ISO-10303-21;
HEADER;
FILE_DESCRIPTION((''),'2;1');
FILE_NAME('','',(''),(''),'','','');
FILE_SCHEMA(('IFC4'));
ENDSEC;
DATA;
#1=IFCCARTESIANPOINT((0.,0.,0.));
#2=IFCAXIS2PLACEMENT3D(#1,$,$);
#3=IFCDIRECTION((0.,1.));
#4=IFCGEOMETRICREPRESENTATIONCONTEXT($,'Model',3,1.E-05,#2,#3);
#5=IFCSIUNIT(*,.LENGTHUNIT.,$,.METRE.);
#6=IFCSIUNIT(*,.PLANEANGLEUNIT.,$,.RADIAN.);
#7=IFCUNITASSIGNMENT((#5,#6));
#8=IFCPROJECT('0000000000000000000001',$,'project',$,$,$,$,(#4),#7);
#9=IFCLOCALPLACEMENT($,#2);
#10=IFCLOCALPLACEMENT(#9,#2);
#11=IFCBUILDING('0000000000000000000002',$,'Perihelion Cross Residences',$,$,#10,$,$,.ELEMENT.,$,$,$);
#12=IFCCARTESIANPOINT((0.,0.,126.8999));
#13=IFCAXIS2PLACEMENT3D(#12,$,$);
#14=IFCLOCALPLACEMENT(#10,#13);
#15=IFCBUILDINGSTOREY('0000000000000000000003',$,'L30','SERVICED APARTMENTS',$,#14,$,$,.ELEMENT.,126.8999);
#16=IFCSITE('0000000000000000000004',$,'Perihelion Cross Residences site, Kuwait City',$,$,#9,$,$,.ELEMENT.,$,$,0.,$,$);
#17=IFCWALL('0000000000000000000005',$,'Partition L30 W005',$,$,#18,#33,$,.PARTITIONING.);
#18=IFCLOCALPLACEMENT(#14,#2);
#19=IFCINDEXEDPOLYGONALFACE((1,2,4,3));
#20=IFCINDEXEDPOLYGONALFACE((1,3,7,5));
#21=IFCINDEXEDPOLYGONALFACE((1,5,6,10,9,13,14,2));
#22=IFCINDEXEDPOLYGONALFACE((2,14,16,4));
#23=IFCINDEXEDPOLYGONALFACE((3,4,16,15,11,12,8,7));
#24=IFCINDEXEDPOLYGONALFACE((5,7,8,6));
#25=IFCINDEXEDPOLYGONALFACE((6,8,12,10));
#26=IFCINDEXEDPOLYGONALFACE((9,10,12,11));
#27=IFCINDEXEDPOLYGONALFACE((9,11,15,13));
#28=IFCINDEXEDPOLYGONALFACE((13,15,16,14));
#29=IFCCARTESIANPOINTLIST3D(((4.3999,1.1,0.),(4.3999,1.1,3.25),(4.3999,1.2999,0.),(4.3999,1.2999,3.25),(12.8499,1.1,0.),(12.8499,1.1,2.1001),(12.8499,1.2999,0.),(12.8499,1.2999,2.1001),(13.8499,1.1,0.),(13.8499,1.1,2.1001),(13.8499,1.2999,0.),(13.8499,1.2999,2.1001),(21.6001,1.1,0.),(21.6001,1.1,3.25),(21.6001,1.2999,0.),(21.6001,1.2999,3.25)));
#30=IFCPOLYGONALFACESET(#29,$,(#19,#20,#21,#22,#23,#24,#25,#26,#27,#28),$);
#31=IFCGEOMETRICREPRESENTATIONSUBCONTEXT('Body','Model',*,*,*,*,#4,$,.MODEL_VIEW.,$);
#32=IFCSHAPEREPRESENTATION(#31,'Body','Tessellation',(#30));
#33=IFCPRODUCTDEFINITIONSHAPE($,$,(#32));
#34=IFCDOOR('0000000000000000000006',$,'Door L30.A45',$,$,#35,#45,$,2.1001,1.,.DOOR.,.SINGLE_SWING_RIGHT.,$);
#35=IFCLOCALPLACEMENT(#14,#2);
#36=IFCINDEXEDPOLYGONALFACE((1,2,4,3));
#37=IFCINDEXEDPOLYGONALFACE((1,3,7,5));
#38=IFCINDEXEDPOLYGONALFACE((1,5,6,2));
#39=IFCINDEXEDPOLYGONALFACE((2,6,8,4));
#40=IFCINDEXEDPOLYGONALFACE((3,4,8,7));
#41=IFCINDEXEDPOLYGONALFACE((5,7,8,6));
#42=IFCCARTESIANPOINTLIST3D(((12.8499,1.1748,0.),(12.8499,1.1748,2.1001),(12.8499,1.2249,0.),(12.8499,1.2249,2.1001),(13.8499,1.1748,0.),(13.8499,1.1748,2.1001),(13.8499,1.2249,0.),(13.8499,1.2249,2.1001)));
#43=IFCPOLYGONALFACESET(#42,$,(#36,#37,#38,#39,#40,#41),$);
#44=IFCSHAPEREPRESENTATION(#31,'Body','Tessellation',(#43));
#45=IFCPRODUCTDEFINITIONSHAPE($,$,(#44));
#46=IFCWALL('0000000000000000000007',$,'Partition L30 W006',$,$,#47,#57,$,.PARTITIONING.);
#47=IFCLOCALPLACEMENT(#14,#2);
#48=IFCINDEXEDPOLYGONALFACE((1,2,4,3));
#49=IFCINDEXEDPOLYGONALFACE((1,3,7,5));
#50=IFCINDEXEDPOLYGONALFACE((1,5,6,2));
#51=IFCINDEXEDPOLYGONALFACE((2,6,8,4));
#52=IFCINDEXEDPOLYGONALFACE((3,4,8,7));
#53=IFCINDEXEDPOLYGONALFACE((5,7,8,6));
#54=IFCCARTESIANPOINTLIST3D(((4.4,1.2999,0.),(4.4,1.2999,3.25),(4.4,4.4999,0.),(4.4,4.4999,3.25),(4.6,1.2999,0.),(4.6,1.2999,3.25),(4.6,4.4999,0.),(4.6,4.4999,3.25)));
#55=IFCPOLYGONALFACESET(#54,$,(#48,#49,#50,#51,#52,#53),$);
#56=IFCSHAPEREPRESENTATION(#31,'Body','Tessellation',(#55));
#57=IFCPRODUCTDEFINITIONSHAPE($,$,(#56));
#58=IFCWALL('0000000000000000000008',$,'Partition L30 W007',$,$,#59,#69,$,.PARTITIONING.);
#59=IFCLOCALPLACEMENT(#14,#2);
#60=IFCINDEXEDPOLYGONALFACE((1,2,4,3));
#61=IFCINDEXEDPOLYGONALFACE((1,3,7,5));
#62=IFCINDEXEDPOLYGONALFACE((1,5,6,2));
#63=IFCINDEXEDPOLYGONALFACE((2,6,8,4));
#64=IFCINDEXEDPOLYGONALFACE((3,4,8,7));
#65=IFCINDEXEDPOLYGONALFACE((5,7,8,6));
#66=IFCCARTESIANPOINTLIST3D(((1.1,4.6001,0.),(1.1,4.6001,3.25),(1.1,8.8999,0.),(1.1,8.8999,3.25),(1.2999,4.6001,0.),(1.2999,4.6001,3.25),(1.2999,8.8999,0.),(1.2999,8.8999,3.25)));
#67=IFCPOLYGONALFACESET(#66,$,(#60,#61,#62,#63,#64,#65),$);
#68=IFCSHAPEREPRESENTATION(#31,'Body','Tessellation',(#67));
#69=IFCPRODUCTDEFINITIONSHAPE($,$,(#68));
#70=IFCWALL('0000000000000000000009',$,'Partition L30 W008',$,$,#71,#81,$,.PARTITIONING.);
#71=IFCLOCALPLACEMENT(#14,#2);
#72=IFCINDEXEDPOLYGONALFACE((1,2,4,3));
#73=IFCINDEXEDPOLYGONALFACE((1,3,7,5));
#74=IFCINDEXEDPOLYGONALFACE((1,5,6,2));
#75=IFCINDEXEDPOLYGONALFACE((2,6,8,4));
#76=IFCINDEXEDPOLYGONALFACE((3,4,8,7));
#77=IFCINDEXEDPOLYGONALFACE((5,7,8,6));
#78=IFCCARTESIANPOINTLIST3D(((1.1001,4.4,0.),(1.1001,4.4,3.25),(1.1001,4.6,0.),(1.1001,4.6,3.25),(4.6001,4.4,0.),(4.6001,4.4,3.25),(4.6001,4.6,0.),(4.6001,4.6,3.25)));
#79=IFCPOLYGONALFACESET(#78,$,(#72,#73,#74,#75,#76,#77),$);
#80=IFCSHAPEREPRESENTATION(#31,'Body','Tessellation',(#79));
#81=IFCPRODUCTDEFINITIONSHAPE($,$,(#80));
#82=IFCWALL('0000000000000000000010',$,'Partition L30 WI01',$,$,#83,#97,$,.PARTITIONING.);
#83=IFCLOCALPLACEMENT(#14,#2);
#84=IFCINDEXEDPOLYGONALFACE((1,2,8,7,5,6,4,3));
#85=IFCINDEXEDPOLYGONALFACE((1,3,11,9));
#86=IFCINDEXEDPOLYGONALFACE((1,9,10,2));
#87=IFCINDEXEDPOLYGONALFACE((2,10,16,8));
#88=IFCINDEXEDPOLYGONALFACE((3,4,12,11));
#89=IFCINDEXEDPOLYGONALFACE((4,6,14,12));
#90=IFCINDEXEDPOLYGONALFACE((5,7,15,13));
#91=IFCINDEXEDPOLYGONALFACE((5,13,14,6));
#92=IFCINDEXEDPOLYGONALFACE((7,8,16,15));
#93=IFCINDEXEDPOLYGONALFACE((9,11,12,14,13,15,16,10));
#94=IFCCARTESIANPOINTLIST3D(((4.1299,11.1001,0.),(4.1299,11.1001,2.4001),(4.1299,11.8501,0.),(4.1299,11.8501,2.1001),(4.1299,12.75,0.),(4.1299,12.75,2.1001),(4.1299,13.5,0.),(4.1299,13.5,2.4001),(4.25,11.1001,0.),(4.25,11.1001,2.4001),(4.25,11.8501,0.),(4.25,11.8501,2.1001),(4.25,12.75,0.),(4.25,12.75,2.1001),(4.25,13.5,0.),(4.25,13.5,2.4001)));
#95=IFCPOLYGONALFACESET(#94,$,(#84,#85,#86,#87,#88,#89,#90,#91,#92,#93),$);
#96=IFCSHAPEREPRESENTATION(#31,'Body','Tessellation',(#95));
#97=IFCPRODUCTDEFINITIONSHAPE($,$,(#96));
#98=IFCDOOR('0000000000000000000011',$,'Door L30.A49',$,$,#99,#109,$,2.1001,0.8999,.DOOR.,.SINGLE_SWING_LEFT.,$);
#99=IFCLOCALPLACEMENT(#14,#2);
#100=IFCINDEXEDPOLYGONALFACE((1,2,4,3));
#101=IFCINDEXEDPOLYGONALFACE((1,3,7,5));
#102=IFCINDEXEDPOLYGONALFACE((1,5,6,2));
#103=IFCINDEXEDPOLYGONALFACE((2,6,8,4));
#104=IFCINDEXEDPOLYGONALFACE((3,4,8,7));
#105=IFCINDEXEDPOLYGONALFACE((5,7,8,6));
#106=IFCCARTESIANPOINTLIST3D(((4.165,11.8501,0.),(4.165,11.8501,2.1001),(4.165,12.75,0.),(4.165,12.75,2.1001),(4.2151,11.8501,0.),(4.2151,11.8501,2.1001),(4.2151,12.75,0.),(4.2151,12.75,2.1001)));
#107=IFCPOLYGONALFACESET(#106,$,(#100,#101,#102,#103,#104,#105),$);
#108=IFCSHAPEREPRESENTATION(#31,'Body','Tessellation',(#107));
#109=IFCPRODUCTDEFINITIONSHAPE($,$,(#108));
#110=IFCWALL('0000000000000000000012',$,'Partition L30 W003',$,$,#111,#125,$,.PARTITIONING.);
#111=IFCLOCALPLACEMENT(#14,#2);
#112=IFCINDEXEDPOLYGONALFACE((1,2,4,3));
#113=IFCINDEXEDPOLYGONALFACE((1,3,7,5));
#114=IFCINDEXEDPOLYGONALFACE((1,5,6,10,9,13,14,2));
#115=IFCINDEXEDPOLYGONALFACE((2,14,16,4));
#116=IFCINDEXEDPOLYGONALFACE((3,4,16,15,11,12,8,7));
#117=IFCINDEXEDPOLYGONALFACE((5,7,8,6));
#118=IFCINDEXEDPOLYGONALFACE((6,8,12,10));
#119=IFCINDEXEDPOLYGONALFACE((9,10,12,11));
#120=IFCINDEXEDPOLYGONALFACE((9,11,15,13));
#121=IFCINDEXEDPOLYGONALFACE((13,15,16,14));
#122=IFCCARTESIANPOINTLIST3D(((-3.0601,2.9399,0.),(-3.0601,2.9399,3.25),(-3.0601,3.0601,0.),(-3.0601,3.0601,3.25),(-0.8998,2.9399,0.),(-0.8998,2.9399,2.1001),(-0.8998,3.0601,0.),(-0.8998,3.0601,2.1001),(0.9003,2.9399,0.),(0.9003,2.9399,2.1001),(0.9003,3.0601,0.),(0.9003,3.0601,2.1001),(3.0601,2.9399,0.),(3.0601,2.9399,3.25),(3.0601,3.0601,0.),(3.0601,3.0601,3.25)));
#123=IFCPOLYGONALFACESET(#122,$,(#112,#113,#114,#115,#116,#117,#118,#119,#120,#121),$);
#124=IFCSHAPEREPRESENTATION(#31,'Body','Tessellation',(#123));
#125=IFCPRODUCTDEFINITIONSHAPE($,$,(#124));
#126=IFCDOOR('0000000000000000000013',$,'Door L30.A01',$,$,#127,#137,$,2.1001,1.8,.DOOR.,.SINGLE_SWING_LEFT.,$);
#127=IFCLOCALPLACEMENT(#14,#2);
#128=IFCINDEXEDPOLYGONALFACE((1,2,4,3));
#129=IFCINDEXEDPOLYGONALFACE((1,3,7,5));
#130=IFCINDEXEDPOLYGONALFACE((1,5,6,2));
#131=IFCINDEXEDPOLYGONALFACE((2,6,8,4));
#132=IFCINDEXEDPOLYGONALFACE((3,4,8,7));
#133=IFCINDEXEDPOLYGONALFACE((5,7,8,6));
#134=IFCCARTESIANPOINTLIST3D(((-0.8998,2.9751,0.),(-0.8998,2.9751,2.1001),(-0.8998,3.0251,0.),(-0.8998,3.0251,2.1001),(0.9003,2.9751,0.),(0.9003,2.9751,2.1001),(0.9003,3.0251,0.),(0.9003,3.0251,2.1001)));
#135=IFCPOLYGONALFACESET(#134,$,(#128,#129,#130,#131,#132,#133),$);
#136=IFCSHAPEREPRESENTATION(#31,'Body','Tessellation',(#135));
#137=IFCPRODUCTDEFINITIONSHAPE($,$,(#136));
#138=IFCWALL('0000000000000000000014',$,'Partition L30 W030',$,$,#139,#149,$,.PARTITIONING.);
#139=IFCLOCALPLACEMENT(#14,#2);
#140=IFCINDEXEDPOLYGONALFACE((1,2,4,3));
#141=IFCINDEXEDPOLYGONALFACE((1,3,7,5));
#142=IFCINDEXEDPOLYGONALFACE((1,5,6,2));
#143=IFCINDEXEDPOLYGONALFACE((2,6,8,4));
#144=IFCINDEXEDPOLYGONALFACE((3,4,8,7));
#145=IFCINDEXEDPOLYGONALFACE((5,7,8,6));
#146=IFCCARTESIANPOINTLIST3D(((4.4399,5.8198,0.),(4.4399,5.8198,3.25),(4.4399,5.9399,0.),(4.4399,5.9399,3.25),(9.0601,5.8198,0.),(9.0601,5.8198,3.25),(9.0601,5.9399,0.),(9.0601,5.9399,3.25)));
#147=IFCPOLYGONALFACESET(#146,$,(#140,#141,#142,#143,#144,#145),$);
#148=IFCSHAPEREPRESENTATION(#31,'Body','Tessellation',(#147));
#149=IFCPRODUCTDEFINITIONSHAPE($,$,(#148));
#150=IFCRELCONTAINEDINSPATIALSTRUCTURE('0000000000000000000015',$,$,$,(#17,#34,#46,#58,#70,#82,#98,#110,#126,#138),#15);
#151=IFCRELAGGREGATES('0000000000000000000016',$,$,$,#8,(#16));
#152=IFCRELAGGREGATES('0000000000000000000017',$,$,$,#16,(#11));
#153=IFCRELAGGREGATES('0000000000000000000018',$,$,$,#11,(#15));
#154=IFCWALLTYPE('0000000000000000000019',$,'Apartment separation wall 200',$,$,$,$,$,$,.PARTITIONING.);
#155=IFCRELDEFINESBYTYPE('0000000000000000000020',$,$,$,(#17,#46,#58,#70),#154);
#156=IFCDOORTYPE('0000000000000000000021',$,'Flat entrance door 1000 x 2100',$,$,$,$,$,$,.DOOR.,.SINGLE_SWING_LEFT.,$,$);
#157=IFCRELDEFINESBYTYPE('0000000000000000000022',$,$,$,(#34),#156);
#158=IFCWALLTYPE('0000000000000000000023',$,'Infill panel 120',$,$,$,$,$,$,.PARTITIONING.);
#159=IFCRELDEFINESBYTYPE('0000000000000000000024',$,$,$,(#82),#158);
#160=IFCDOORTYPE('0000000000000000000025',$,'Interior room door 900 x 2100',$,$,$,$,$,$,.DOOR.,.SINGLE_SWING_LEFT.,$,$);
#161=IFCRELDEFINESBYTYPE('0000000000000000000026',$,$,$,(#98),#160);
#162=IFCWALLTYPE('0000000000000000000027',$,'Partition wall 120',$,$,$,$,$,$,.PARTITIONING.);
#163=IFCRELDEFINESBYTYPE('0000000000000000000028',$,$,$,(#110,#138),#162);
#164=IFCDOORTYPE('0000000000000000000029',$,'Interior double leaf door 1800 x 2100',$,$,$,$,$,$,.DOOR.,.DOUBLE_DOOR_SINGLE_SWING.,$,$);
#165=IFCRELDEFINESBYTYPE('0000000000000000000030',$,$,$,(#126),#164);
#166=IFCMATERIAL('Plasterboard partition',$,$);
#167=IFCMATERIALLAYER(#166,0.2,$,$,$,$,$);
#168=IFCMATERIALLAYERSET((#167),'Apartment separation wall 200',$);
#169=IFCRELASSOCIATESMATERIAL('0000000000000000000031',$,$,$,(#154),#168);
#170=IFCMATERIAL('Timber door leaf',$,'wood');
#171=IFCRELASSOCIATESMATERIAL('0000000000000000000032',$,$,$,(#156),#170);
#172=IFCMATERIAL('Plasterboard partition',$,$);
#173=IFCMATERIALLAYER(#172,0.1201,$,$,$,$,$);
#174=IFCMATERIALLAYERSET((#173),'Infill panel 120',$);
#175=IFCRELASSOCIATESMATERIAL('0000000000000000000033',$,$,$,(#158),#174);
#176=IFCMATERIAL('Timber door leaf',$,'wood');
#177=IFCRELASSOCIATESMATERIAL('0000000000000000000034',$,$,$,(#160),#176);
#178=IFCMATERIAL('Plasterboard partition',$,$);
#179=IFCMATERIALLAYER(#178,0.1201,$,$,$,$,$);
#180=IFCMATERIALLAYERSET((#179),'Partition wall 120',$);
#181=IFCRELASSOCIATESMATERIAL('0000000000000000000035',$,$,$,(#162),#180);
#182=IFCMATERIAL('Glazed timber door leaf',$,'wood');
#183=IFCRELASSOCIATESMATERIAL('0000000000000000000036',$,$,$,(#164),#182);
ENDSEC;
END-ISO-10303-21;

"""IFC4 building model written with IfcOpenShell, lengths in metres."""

from ifc_helpers import new_model, si_unit, direction, frame, frame_2d, origin, place, context, subcontext, project, spatial, rectangle, extrude, material, layer, layer_set, type_object, element, fill, save


model = new_model("IFC4")

# Units and contexts
model_context = context("Model", 3, precision=1e-05, world=origin(), true_north=direction((0.0, 1.0)))
body_context = subcontext(model_context, "Body", "Model", "MODEL_VIEW")
ifc_project = project(units=[si_unit("LENGTHUNIT", "METRE"), si_unit("PLANEANGLEUNIT", "RADIAN")], contexts=[model_context])

# Site, building, storey
site_placement = place(None, origin())
site = spatial("IfcSite", under=ifc_project, at=site_placement, Name="Perihelion Cross Residences site, Kuwait City", CompositionType="ELEMENT", RefElevation=0.0)
building_placement = place(site_placement, origin())
building = spatial("IfcBuilding", under=site, at=building_placement, Name="Perihelion Cross Residences", CompositionType="ELEMENT")
storey_placement = place(building_placement, frame((0.0, 0.0, 126.8999)))
storey = spatial("IfcBuildingStorey", under=building, at=storey_placement, Name="L30", Description="SERVICED APARTMENTS", CompositionType="ELEMENT", Elevation=126.8999)

# Wall, opening, door
ifc_material_1 = material(Name="Plasterboard partition")
ifc_layer_1 = layer(ifc_material_1, 0.2)
ifc_layer_set_1 = layer_set([ifc_layer_1], Name="Apartment separation wall 200")
wall_type_1 = type_object("IfcWallType", Name="Apartment separation wall 200", PredefinedType="PARTITIONING", material=ifc_layer_set_1)
wall_1_placement = place(storey_placement, frame((4.3999, 1.2, 0.0), z_axis=(0.0, 0.0, 1.0), x_axis=(1.0, 0.0, 0.0)))
wall_1 = element("IfcWall", 1, at=wall_1_placement, inside=storey, type_object=wall_type_1, Name="Partition L30 W005", PredefinedType="PARTITIONING", context=body_context, shape_type="SweptSolid", body=[
    extrude(rectangle(XDim=17.2002, YDim=0.2, at=frame_2d((8.6001, 0.0))), origin(), (0.0, 0.0, 1.0), 3.25),
])
opening_1_placement = place(wall_1_placement, frame((8.45, 0.0, 0.0)))
opening_1 = element("IfcOpeningElement", 2, at=opening_1_placement, cuts=wall_1, PredefinedType="OPENING", context=body_context, shape_type="SweptSolid", body=[
    extrude(rectangle(XDim=1.0, YDim=2.1001, at=frame_2d((0.5, 1.05))), frame((0.0, 0.1099, 0.0), z_axis=(0.0, -1.0, 0.0), x_axis=(1.0, 0.0, 0.0)), (0.0, 0.0, 1.0), 0.22),
])
ifc_material_2 = material(Name="Timber door leaf", Category="wood")
door_type_1 = type_object("IfcDoorType", Name="Flat entrance door 1000 x 2100", OperationType="SINGLE_SWING_LEFT", PredefinedType="DOOR", material=ifc_material_2)
door_1_placement = place(opening_1_placement, origin())
door_1 = element("IfcDoor", 3, at=door_1_placement, inside=storey, type_object=door_type_1, Name="Door L30.A45", OperationType="SINGLE_SWING_RIGHT", OverallHeight=2.1001, OverallWidth=1.0, PredefinedType="DOOR", context=body_context, shape_type="SweptSolid", body=[
    extrude(rectangle(XDim=1.0, YDim=2.1001, at=frame_2d((0.5, 1.05))), frame((0.0, 0.0249, 0.0), z_axis=(0.0, -1.0, 0.0), x_axis=(1.0, 0.0, 0.0)), (0.0, 0.0, 1.0), 0.05),
])
fill(opening_1, door_1)

# Walls
wall_2_placement = place(storey_placement, frame((4.5, 4.5, 0.0), z_axis=(0.0, 0.0, 1.0), x_axis=(0.0, -1.0, 0.0)))
element("IfcWall", 4, at=wall_2_placement, inside=storey, type_object=wall_type_1, Name="Partition L30 W006", PredefinedType="PARTITIONING", context=body_context, shape_type="SweptSolid", body=[
    extrude(rectangle(XDim=3.2, YDim=0.2, at=frame_2d((1.6001, 0.0))), origin(), (0.0, 0.0, 1.0), 3.25),
])
wall_3_placement = place(storey_placement, frame((1.2, 8.8999, 0.0), z_axis=(0.0, 0.0, 1.0), x_axis=(0.0, -1.0, 0.0)))
element("IfcWall", 5, at=wall_3_placement, inside=storey, type_object=wall_type_1, Name="Partition L30 W007", PredefinedType="PARTITIONING", context=body_context, shape_type="SweptSolid", body=[
    extrude(rectangle(XDim=4.2998, YDim=0.2, at=frame_2d((2.1499, 0.0))), origin(), (0.0, 0.0, 1.0), 3.25),
])
wall_4_placement = place(storey_placement, frame((1.1001, 4.5, 0.0), z_axis=(0.0, 0.0, 1.0), x_axis=(1.0, 0.0, 0.0)))
element("IfcWall", 6, at=wall_4_placement, inside=storey, type_object=wall_type_1, Name="Partition L30 W008", PredefinedType="PARTITIONING", context=body_context, shape_type="SweptSolid", body=[
    extrude(rectangle(XDim=3.5, YDim=0.2, at=frame_2d((1.75, 0.0))), origin(), (0.0, 0.0, 1.0), 3.25),
])

# Walls, openings, doors
ifc_material_3 = material(Name="Plasterboard partition")
ifc_layer_2 = layer(ifc_material_3, 0.1201)
ifc_layer_set_2 = layer_set([ifc_layer_2], Name="Infill panel 120")
wall_type_2 = type_object("IfcWallType", Name="Infill panel 120", PredefinedType="PARTITIONING", material=ifc_layer_set_2)
wall_5_placement = place(storey_placement, frame((4.1899, 11.1001, 0.0), z_axis=(0.0, 0.0, 1.0), x_axis=(0.0, 1.0, 0.0)))
wall_5 = element("IfcWall", 7, at=wall_5_placement, inside=storey, type_object=wall_type_2, Name="Partition L30 WI01", PredefinedType="PARTITIONING", context=body_context, shape_type="SweptSolid", body=[
    extrude(rectangle(XDim=2.3999, YDim=0.1201, at=frame_2d((1.2, 0.0))), origin(), (0.0, 0.0, 1.0), 2.4001),
])
opening_2_placement = place(wall_5_placement, frame((0.75, 0.0, 0.0)))
opening_2 = element("IfcOpeningElement", 8, at=opening_2_placement, cuts=wall_5, PredefinedType="OPENING", context=body_context, shape_type="SweptSolid", body=[
    extrude(rectangle(XDim=0.8999, YDim=2.1001, at=frame_2d((0.45, 1.05))), frame((0.0, 0.0701, 0.0), z_axis=(0.0, -1.0, 0.0), x_axis=(1.0, 0.0, 0.0)), (0.0, 0.0, 1.0), 0.1401),
])
ifc_material_4 = material(Name="Timber door leaf", Category="wood")
door_type_2 = type_object("IfcDoorType", Name="Interior room door 900 x 2100", OperationType="SINGLE_SWING_LEFT", PredefinedType="DOOR", material=ifc_material_4)
door_2_placement = place(opening_2_placement, origin())
door_2 = element("IfcDoor", 9, at=door_2_placement, inside=storey, type_object=door_type_2, Name="Door L30.A49", OperationType="SINGLE_SWING_LEFT", OverallHeight=2.1001, OverallWidth=0.8999, PredefinedType="DOOR", context=body_context, shape_type="SweptSolid", body=[
    extrude(rectangle(XDim=0.8999, YDim=2.1001, at=frame_2d((0.45, 1.05))), frame((0.0, 0.0249, 0.0), z_axis=(0.0, -1.0, 0.0), x_axis=(1.0, 0.0, 0.0)), (0.0, 0.0, 1.0), 0.05),
])
fill(opening_2, door_2)
ifc_material_5 = material(Name="Plasterboard partition")
ifc_layer_3 = layer(ifc_material_5, 0.1201)
ifc_layer_set_3 = layer_set([ifc_layer_3], Name="Partition wall 120")
wall_type_3 = type_object("IfcWallType", Name="Partition wall 120", PredefinedType="PARTITIONING", material=ifc_layer_set_3)
wall_6_placement = place(storey_placement, frame((3.0601, 3.0, 0.0), z_axis=(0.0, 0.0, 1.0), x_axis=(-1.0, 0.0, 0.0)))
wall_6 = element("IfcWall", 10, at=wall_6_placement, inside=storey, type_object=wall_type_3, Name="Partition L30 W003", PredefinedType="PARTITIONING", context=body_context, shape_type="SweptSolid", body=[
    extrude(rectangle(XDim=6.1201, YDim=0.1201, at=frame_2d((3.0601, 0.0))), origin(), (0.0, 0.0, 1.0), 3.25),
])
opening_3_placement = place(wall_6_placement, frame((2.1599, 0.0, 0.0)))
opening_3 = element("IfcOpeningElement", 11, at=opening_3_placement, cuts=wall_6, PredefinedType="OPENING", context=body_context, shape_type="SweptSolid", body=[
    extrude(rectangle(XDim=1.8, YDim=2.1001, at=frame_2d((0.8999, 1.05))), frame((0.0, 0.0701, 0.0), z_axis=(0.0, -1.0, 0.0), x_axis=(1.0, 0.0, 0.0)), (0.0, 0.0, 1.0), 0.1401),
])
ifc_material_6 = material(Name="Glazed timber door leaf", Category="wood")
door_type_3 = type_object("IfcDoorType", Name="Interior double leaf door 1800 x 2100", OperationType="DOUBLE_DOOR_SINGLE_SWING", PredefinedType="DOOR", material=ifc_material_6)
door_3_placement = place(opening_3_placement, origin())
door_3 = element("IfcDoor", 12, at=door_3_placement, inside=storey, type_object=door_type_3, Name="Door L30.A01", OperationType="SINGLE_SWING_LEFT", OverallHeight=2.1001, OverallWidth=1.8, PredefinedType="DOOR", context=body_context, shape_type="SweptSolid", body=[
    extrude(rectangle(XDim=1.8, YDim=2.1001, at=frame_2d((0.8999, 1.05))), frame((0.0, 0.0249, 0.0), z_axis=(0.0, -1.0, 0.0), x_axis=(1.0, 0.0, 0.0)), (0.0, 0.0, 1.0), 0.05),
])
fill(opening_3, door_3)

# Wall
wall_7_placement = place(storey_placement, frame((4.4399, 5.8799, 0.0), z_axis=(0.0, 0.0, 1.0), x_axis=(1.0, 0.0, 0.0)))
element("IfcWall", 13, at=wall_7_placement, inside=storey, type_object=wall_type_3, Name="Partition L30 W030", PredefinedType="PARTITIONING", context=body_context, shape_type="SweptSolid", body=[
    extrude(rectangle(XDim=4.6201, YDim=0.1201, at=frame_2d((2.3101, 0.0))), origin(), (0.0, 0.0, 1.0), 3.25),
])

save(model, "model.ifc")
